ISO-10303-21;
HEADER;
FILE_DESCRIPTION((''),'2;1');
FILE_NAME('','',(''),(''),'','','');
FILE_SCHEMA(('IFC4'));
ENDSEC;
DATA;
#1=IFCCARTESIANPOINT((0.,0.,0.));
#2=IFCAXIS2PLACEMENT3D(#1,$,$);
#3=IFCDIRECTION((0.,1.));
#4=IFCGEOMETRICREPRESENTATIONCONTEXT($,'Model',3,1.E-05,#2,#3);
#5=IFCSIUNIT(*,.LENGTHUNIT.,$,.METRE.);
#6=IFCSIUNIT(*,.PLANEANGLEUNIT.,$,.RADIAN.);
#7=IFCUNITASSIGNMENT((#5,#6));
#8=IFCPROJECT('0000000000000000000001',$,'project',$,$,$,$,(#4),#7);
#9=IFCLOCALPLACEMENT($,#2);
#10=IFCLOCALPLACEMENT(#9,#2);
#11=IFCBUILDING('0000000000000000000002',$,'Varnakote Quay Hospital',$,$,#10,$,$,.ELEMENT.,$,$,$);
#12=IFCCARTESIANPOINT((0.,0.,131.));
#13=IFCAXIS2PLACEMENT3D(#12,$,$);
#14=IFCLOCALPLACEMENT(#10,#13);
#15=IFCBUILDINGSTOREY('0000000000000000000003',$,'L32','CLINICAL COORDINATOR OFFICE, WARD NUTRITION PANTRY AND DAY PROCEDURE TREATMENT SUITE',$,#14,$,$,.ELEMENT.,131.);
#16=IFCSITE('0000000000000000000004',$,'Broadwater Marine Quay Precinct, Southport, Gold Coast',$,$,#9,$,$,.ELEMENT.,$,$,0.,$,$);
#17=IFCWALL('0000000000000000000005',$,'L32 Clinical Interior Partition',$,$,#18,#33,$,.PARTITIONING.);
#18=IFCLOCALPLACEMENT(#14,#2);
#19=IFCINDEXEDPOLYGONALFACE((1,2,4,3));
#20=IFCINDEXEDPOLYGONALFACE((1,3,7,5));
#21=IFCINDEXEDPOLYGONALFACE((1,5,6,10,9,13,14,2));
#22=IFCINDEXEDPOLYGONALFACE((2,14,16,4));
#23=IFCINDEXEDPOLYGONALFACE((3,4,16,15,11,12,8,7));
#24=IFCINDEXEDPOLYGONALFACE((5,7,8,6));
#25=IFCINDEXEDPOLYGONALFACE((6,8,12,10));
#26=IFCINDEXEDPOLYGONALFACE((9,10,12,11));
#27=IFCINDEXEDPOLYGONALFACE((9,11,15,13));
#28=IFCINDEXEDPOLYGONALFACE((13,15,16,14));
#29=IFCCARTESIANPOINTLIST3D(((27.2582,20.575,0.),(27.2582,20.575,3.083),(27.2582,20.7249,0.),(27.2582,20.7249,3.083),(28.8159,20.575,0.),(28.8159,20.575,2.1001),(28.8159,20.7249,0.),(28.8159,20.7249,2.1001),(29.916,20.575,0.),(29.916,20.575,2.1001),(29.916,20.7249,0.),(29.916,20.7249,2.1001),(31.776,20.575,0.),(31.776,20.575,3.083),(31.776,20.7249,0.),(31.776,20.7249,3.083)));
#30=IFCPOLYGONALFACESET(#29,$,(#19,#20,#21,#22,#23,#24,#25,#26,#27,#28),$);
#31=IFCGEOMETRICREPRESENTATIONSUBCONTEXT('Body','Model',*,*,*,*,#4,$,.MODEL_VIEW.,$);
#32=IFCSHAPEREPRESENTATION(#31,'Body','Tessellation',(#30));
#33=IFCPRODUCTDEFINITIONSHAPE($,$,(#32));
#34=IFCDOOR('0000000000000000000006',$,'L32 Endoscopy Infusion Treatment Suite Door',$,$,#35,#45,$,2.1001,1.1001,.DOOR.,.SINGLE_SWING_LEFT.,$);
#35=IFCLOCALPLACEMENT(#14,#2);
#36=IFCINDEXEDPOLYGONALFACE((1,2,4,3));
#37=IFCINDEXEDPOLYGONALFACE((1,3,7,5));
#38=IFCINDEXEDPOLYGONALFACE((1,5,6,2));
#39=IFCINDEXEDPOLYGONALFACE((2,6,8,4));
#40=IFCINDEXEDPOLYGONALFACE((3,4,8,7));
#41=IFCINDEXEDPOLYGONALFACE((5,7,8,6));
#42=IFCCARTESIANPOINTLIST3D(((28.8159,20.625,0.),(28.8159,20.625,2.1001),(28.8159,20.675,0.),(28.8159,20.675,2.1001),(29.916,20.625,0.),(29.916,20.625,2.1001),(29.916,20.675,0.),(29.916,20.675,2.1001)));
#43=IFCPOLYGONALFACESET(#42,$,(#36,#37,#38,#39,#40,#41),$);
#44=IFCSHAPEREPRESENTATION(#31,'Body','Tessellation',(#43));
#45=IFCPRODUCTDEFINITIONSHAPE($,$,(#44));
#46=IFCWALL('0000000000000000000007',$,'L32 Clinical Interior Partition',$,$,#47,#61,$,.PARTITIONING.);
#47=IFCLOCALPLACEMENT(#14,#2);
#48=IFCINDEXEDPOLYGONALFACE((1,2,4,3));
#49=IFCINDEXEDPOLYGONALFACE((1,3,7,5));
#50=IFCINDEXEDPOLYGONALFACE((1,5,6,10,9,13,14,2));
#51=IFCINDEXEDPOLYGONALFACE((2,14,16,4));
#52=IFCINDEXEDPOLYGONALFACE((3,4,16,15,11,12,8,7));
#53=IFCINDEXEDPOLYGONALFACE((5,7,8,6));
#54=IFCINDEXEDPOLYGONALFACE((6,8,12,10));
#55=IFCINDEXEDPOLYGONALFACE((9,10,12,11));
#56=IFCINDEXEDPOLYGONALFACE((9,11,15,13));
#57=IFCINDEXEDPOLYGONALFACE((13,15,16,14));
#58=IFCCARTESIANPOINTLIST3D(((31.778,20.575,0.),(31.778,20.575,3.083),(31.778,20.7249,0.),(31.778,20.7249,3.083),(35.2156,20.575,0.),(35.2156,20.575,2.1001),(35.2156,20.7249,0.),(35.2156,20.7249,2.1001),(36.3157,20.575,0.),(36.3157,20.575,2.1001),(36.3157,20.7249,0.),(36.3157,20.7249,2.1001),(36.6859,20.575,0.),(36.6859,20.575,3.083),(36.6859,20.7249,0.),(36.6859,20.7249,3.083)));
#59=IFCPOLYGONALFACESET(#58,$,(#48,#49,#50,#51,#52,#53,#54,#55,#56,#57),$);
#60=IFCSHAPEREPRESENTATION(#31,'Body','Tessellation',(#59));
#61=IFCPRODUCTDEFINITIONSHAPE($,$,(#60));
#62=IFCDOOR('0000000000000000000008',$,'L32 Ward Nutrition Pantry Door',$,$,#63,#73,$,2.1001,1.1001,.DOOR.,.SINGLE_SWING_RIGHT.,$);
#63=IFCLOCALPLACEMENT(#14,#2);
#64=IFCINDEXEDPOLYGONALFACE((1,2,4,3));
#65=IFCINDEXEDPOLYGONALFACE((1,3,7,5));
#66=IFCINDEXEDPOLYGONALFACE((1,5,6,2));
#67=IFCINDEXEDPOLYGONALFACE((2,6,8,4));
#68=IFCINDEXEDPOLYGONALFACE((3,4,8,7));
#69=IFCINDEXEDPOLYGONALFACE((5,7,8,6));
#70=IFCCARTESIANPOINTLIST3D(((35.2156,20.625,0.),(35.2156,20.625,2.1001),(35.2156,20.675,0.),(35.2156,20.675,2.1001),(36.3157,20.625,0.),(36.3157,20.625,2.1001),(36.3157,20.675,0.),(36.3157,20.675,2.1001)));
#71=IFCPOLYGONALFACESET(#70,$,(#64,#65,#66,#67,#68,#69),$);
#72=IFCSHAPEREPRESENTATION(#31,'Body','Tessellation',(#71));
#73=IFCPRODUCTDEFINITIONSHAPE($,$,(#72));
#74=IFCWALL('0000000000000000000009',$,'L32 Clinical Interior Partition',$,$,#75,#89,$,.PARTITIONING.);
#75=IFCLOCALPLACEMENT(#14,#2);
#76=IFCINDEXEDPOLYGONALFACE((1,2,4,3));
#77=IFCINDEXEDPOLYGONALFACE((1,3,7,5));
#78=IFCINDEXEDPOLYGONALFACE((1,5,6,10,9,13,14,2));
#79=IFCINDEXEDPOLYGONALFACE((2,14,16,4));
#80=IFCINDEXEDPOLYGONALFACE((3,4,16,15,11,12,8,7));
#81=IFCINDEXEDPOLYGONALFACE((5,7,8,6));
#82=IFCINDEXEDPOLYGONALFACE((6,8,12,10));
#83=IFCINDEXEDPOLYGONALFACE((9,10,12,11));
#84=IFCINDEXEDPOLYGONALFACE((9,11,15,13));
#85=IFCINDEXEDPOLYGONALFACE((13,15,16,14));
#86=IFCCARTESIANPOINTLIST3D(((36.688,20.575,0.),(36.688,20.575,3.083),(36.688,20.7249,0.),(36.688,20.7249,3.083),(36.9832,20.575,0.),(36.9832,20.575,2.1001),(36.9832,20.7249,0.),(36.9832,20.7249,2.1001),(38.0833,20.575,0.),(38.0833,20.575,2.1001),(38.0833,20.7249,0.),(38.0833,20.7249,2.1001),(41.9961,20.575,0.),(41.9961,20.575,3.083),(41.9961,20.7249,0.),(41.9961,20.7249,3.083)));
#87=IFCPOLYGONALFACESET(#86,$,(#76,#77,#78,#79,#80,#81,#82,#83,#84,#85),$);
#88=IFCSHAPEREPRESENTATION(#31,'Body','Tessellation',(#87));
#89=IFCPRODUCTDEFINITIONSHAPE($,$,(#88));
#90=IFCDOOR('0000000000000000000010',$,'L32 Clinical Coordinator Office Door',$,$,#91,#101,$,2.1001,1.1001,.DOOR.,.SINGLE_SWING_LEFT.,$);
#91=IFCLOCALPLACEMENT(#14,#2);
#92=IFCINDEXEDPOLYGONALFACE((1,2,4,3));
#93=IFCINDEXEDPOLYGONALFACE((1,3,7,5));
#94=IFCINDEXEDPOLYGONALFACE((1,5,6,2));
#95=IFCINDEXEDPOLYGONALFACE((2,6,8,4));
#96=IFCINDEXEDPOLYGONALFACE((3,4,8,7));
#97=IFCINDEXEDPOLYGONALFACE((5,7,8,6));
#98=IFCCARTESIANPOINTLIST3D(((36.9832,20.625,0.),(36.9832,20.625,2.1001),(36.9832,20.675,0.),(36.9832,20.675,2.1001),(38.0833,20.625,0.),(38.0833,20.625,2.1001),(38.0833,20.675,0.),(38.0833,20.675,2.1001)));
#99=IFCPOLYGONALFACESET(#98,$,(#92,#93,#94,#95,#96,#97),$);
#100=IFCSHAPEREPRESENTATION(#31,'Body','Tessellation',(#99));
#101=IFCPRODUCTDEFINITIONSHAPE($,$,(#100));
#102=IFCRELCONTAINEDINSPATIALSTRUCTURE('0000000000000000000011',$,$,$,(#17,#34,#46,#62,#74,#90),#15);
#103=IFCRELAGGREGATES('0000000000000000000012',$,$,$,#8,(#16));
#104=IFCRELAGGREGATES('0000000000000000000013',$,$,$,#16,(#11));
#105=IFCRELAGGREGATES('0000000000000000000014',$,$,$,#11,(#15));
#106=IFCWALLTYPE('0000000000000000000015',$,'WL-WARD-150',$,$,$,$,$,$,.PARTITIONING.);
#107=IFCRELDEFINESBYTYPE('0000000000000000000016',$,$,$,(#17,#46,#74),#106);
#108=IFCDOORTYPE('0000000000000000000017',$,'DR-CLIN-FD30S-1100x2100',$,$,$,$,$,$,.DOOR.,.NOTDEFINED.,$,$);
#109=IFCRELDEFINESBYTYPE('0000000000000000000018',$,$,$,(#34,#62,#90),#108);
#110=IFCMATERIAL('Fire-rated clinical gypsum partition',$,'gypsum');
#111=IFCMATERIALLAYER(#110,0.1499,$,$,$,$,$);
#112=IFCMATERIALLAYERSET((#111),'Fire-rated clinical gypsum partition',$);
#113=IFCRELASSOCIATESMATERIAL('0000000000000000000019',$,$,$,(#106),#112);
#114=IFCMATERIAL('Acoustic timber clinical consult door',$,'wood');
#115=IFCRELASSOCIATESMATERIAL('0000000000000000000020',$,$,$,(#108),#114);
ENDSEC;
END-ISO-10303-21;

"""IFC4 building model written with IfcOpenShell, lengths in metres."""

from ifc_helpers import new_model, si_unit, direction, frame, frame_2d, origin, place, context, subcontext, project, spatial, rectangle, extrude, material, layer, layer_set, type_object, element, fill, save


model = new_model("IFC4")

# Units and contexts
model_context = context("Model", 3, precision=1e-05, world=origin(), true_north=direction((0.0, 1.0)))
body_context = subcontext(model_context, "Body", "Model", "MODEL_VIEW")
ifc_project = project(units=[si_unit("LENGTHUNIT", "METRE"), si_unit("PLANEANGLEUNIT", "RADIAN")], contexts=[model_context])

# Site, building, storey
site_placement = place(None, origin())
site = spatial("IfcSite", under=ifc_project, at=site_placement, Name="Broadwater Marine Quay Precinct, Southport, Gold Coast", CompositionType="ELEMENT", RefElevation=0.0)
building_placement = place(site_placement, origin())
building = spatial("IfcBuilding", under=site, at=building_placement, Name="Varnakote Quay Hospital", CompositionType="ELEMENT")
storey_placement = place(building_placement, frame((0.0, 0.0, 131.0)))
storey = spatial("IfcBuildingStorey", under=building, at=storey_placement, Name="L32", Description="CLINICAL COORDINATOR OFFICE, WARD NUTRITION PANTRY AND DAY PROCEDURE TREATMENT SUITE", CompositionType="ELEMENT", Elevation=131.0)

# Shared definitions
ifc_material_1 = material(Name="Fire-rated clinical gypsum partition", Category="gypsum")
ifc_layer_1 = layer(ifc_material_1, 0.1499)
ifc_layer_set_1 = layer_set([ifc_layer_1], Name="Fire-rated clinical gypsum partition")
wall_type_1 = type_object("IfcWallType", Name="WL-WARD-150", PredefinedType="PARTITIONING", material=ifc_layer_set_1)
ifc_material_2 = material(Name="Acoustic timber clinical consult door", Category="wood")
door_type_1 = type_object("IfcDoorType", Name="DR-CLIN-FD30S-1100x2100", OperationType="NOTDEFINED", PredefinedType="DOOR", material=ifc_material_2)

# Walls, openings, doors
wall_1_placement = place(storey_placement, frame((31.7759, 20.6499, 0.0), z_axis=(0.0, 0.0, 1.0), x_axis=(-1.0, 0.0, 0.0)))
wall_1 = element("IfcWall", 1, at=wall_1_placement, inside=storey, type_object=wall_type_1, Name="L32 Clinical Interior Partition", PredefinedType="PARTITIONING", context=body_context, shape_type="SweptSolid", body=[
    extrude(rectangle(XDim=4.5178, YDim=0.1499, at=frame_2d((2.2588, 0.0))), origin(), (0.0, 0.0, 1.0), 3.083),
])
opening_1_placement = place(wall_1_placement, frame((1.8599, 0.0, 0.0)))
opening_1 = element("IfcOpeningElement", 2, at=opening_1_placement, cuts=wall_1, PredefinedType="OPENING", context=body_context, shape_type="SweptSolid", body=[
    extrude(rectangle(XDim=1.1001, YDim=2.1001, at=frame_2d((0.55, 1.05))), frame((0.0, 0.085, 0.0), z_axis=(0.0, -1.0, 0.0), x_axis=(1.0, 0.0, 0.0)), (0.0, 0.0, 1.0), 0.1699),
])
door_1_placement = place(opening_1_placement, origin())
door_1 = element("IfcDoor", 3, at=door_1_placement, inside=storey, type_object=door_type_1, Name="L32 Endoscopy Infusion Treatment Suite Door", OperationType="SINGLE_SWING_LEFT", OverallHeight=2.1001, OverallWidth=1.1001, PredefinedType="DOOR", context=body_context, shape_type="SweptSolid", body=[
    extrude(rectangle(XDim=1.1001, YDim=2.1001, at=frame_2d((0.55, 1.05))), frame((0.0, 0.0249, 0.0), z_axis=(0.0, -1.0, 0.0), x_axis=(1.0, 0.0, 0.0)), (0.0, 0.0, 1.0), 0.05),
])
fill(opening_1, door_1)
wall_2_placement = place(storey_placement, frame((36.686, 20.6499, 0.0), z_axis=(0.0, 0.0, 1.0), x_axis=(-1.0, 0.0, 0.0)))
wall_2 = element("IfcWall", 4, at=wall_2_placement, inside=storey, type_object=wall_type_1, Name="L32 Clinical Interior Partition", PredefinedType="PARTITIONING", context=body_context, shape_type="SweptSolid", body=[
    extrude(rectangle(XDim=4.908, YDim=0.1499, at=frame_2d((2.4541, 0.0))), origin(), (0.0, 0.0, 1.0), 3.083),
])
opening_2_placement = place(wall_2_placement, frame((0.3704, 0.0, 0.0)))
opening_2 = element("IfcOpeningElement", 5, at=opening_2_placement, cuts=wall_2, PredefinedType="OPENING", context=body_context, shape_type="SweptSolid", body=[
    extrude(rectangle(XDim=1.1001, YDim=2.1001, at=frame_2d((0.55, 1.05))), frame((0.0, 0.085, 0.0), z_axis=(0.0, -1.0, 0.0), x_axis=(1.0, 0.0, 0.0)), (0.0, 0.0, 1.0), 0.1699),
])
door_2_placement = place(opening_2_placement, origin())
door_2 = element("IfcDoor", 6, at=door_2_placement, inside=storey, type_object=door_type_1, Name="L32 Ward Nutrition Pantry Door", OperationType="SINGLE_SWING_RIGHT", OverallHeight=2.1001, OverallWidth=1.1001, PredefinedType="DOOR", context=body_context, shape_type="SweptSolid", body=[
    extrude(rectangle(XDim=1.1001, YDim=2.1001, at=frame_2d((0.55, 1.05))), frame((0.0, 0.0249, 0.0), z_axis=(0.0, -1.0, 0.0), x_axis=(1.0, 0.0, 0.0)), (0.0, 0.0, 1.0), 0.05),
])
fill(opening_2, door_2)
wall_3_placement = place(storey_placement, frame((41.9961, 20.6499, 0.0), z_axis=(0.0, 0.0, 1.0), x_axis=(-1.0, 0.0, 0.0)))
wall_3 = element("IfcWall", 7, at=wall_3_placement, inside=storey, type_object=wall_type_1, Name="L32 Clinical Interior Partition", PredefinedType="PARTITIONING", context=body_context, shape_type="SweptSolid", body=[
    extrude(rectangle(XDim=5.3081, YDim=0.1499, at=frame_2d((2.6541, 0.0))), origin(), (0.0, 0.0, 1.0), 3.083),
])
opening_3_placement = place(wall_3_placement, frame((3.9128, 0.0, 0.0)))
opening_3 = element("IfcOpeningElement", 8, at=opening_3_placement, cuts=wall_3, PredefinedType="OPENING", context=body_context, shape_type="SweptSolid", body=[
    extrude(rectangle(XDim=1.1001, YDim=2.1001, at=frame_2d((0.55, 1.05))), frame((0.0, 0.085, 0.0), z_axis=(0.0, -1.0, 0.0), x_axis=(1.0, 0.0, 0.0)), (0.0, 0.0, 1.0), 0.1699),
])
door_3_placement = place(opening_3_placement, origin())
door_3 = element("IfcDoor", 9, at=door_3_placement, inside=storey, type_object=door_type_1, Name="L32 Clinical Coordinator Office Door", OperationType="SINGLE_SWING_LEFT", OverallHeight=2.1001, OverallWidth=1.1001, PredefinedType="DOOR", context=body_context, shape_type="SweptSolid", body=[
    extrude(rectangle(XDim=1.1001, YDim=2.1001, at=frame_2d((0.55, 1.05))), frame((0.0, 0.0249, 0.0), z_axis=(0.0, -1.0, 0.0), x_axis=(1.0, 0.0, 0.0)), (0.0, 0.0, 1.0), 0.05),
])
fill(opening_3, door_3)

save(model, "model.ifc")
